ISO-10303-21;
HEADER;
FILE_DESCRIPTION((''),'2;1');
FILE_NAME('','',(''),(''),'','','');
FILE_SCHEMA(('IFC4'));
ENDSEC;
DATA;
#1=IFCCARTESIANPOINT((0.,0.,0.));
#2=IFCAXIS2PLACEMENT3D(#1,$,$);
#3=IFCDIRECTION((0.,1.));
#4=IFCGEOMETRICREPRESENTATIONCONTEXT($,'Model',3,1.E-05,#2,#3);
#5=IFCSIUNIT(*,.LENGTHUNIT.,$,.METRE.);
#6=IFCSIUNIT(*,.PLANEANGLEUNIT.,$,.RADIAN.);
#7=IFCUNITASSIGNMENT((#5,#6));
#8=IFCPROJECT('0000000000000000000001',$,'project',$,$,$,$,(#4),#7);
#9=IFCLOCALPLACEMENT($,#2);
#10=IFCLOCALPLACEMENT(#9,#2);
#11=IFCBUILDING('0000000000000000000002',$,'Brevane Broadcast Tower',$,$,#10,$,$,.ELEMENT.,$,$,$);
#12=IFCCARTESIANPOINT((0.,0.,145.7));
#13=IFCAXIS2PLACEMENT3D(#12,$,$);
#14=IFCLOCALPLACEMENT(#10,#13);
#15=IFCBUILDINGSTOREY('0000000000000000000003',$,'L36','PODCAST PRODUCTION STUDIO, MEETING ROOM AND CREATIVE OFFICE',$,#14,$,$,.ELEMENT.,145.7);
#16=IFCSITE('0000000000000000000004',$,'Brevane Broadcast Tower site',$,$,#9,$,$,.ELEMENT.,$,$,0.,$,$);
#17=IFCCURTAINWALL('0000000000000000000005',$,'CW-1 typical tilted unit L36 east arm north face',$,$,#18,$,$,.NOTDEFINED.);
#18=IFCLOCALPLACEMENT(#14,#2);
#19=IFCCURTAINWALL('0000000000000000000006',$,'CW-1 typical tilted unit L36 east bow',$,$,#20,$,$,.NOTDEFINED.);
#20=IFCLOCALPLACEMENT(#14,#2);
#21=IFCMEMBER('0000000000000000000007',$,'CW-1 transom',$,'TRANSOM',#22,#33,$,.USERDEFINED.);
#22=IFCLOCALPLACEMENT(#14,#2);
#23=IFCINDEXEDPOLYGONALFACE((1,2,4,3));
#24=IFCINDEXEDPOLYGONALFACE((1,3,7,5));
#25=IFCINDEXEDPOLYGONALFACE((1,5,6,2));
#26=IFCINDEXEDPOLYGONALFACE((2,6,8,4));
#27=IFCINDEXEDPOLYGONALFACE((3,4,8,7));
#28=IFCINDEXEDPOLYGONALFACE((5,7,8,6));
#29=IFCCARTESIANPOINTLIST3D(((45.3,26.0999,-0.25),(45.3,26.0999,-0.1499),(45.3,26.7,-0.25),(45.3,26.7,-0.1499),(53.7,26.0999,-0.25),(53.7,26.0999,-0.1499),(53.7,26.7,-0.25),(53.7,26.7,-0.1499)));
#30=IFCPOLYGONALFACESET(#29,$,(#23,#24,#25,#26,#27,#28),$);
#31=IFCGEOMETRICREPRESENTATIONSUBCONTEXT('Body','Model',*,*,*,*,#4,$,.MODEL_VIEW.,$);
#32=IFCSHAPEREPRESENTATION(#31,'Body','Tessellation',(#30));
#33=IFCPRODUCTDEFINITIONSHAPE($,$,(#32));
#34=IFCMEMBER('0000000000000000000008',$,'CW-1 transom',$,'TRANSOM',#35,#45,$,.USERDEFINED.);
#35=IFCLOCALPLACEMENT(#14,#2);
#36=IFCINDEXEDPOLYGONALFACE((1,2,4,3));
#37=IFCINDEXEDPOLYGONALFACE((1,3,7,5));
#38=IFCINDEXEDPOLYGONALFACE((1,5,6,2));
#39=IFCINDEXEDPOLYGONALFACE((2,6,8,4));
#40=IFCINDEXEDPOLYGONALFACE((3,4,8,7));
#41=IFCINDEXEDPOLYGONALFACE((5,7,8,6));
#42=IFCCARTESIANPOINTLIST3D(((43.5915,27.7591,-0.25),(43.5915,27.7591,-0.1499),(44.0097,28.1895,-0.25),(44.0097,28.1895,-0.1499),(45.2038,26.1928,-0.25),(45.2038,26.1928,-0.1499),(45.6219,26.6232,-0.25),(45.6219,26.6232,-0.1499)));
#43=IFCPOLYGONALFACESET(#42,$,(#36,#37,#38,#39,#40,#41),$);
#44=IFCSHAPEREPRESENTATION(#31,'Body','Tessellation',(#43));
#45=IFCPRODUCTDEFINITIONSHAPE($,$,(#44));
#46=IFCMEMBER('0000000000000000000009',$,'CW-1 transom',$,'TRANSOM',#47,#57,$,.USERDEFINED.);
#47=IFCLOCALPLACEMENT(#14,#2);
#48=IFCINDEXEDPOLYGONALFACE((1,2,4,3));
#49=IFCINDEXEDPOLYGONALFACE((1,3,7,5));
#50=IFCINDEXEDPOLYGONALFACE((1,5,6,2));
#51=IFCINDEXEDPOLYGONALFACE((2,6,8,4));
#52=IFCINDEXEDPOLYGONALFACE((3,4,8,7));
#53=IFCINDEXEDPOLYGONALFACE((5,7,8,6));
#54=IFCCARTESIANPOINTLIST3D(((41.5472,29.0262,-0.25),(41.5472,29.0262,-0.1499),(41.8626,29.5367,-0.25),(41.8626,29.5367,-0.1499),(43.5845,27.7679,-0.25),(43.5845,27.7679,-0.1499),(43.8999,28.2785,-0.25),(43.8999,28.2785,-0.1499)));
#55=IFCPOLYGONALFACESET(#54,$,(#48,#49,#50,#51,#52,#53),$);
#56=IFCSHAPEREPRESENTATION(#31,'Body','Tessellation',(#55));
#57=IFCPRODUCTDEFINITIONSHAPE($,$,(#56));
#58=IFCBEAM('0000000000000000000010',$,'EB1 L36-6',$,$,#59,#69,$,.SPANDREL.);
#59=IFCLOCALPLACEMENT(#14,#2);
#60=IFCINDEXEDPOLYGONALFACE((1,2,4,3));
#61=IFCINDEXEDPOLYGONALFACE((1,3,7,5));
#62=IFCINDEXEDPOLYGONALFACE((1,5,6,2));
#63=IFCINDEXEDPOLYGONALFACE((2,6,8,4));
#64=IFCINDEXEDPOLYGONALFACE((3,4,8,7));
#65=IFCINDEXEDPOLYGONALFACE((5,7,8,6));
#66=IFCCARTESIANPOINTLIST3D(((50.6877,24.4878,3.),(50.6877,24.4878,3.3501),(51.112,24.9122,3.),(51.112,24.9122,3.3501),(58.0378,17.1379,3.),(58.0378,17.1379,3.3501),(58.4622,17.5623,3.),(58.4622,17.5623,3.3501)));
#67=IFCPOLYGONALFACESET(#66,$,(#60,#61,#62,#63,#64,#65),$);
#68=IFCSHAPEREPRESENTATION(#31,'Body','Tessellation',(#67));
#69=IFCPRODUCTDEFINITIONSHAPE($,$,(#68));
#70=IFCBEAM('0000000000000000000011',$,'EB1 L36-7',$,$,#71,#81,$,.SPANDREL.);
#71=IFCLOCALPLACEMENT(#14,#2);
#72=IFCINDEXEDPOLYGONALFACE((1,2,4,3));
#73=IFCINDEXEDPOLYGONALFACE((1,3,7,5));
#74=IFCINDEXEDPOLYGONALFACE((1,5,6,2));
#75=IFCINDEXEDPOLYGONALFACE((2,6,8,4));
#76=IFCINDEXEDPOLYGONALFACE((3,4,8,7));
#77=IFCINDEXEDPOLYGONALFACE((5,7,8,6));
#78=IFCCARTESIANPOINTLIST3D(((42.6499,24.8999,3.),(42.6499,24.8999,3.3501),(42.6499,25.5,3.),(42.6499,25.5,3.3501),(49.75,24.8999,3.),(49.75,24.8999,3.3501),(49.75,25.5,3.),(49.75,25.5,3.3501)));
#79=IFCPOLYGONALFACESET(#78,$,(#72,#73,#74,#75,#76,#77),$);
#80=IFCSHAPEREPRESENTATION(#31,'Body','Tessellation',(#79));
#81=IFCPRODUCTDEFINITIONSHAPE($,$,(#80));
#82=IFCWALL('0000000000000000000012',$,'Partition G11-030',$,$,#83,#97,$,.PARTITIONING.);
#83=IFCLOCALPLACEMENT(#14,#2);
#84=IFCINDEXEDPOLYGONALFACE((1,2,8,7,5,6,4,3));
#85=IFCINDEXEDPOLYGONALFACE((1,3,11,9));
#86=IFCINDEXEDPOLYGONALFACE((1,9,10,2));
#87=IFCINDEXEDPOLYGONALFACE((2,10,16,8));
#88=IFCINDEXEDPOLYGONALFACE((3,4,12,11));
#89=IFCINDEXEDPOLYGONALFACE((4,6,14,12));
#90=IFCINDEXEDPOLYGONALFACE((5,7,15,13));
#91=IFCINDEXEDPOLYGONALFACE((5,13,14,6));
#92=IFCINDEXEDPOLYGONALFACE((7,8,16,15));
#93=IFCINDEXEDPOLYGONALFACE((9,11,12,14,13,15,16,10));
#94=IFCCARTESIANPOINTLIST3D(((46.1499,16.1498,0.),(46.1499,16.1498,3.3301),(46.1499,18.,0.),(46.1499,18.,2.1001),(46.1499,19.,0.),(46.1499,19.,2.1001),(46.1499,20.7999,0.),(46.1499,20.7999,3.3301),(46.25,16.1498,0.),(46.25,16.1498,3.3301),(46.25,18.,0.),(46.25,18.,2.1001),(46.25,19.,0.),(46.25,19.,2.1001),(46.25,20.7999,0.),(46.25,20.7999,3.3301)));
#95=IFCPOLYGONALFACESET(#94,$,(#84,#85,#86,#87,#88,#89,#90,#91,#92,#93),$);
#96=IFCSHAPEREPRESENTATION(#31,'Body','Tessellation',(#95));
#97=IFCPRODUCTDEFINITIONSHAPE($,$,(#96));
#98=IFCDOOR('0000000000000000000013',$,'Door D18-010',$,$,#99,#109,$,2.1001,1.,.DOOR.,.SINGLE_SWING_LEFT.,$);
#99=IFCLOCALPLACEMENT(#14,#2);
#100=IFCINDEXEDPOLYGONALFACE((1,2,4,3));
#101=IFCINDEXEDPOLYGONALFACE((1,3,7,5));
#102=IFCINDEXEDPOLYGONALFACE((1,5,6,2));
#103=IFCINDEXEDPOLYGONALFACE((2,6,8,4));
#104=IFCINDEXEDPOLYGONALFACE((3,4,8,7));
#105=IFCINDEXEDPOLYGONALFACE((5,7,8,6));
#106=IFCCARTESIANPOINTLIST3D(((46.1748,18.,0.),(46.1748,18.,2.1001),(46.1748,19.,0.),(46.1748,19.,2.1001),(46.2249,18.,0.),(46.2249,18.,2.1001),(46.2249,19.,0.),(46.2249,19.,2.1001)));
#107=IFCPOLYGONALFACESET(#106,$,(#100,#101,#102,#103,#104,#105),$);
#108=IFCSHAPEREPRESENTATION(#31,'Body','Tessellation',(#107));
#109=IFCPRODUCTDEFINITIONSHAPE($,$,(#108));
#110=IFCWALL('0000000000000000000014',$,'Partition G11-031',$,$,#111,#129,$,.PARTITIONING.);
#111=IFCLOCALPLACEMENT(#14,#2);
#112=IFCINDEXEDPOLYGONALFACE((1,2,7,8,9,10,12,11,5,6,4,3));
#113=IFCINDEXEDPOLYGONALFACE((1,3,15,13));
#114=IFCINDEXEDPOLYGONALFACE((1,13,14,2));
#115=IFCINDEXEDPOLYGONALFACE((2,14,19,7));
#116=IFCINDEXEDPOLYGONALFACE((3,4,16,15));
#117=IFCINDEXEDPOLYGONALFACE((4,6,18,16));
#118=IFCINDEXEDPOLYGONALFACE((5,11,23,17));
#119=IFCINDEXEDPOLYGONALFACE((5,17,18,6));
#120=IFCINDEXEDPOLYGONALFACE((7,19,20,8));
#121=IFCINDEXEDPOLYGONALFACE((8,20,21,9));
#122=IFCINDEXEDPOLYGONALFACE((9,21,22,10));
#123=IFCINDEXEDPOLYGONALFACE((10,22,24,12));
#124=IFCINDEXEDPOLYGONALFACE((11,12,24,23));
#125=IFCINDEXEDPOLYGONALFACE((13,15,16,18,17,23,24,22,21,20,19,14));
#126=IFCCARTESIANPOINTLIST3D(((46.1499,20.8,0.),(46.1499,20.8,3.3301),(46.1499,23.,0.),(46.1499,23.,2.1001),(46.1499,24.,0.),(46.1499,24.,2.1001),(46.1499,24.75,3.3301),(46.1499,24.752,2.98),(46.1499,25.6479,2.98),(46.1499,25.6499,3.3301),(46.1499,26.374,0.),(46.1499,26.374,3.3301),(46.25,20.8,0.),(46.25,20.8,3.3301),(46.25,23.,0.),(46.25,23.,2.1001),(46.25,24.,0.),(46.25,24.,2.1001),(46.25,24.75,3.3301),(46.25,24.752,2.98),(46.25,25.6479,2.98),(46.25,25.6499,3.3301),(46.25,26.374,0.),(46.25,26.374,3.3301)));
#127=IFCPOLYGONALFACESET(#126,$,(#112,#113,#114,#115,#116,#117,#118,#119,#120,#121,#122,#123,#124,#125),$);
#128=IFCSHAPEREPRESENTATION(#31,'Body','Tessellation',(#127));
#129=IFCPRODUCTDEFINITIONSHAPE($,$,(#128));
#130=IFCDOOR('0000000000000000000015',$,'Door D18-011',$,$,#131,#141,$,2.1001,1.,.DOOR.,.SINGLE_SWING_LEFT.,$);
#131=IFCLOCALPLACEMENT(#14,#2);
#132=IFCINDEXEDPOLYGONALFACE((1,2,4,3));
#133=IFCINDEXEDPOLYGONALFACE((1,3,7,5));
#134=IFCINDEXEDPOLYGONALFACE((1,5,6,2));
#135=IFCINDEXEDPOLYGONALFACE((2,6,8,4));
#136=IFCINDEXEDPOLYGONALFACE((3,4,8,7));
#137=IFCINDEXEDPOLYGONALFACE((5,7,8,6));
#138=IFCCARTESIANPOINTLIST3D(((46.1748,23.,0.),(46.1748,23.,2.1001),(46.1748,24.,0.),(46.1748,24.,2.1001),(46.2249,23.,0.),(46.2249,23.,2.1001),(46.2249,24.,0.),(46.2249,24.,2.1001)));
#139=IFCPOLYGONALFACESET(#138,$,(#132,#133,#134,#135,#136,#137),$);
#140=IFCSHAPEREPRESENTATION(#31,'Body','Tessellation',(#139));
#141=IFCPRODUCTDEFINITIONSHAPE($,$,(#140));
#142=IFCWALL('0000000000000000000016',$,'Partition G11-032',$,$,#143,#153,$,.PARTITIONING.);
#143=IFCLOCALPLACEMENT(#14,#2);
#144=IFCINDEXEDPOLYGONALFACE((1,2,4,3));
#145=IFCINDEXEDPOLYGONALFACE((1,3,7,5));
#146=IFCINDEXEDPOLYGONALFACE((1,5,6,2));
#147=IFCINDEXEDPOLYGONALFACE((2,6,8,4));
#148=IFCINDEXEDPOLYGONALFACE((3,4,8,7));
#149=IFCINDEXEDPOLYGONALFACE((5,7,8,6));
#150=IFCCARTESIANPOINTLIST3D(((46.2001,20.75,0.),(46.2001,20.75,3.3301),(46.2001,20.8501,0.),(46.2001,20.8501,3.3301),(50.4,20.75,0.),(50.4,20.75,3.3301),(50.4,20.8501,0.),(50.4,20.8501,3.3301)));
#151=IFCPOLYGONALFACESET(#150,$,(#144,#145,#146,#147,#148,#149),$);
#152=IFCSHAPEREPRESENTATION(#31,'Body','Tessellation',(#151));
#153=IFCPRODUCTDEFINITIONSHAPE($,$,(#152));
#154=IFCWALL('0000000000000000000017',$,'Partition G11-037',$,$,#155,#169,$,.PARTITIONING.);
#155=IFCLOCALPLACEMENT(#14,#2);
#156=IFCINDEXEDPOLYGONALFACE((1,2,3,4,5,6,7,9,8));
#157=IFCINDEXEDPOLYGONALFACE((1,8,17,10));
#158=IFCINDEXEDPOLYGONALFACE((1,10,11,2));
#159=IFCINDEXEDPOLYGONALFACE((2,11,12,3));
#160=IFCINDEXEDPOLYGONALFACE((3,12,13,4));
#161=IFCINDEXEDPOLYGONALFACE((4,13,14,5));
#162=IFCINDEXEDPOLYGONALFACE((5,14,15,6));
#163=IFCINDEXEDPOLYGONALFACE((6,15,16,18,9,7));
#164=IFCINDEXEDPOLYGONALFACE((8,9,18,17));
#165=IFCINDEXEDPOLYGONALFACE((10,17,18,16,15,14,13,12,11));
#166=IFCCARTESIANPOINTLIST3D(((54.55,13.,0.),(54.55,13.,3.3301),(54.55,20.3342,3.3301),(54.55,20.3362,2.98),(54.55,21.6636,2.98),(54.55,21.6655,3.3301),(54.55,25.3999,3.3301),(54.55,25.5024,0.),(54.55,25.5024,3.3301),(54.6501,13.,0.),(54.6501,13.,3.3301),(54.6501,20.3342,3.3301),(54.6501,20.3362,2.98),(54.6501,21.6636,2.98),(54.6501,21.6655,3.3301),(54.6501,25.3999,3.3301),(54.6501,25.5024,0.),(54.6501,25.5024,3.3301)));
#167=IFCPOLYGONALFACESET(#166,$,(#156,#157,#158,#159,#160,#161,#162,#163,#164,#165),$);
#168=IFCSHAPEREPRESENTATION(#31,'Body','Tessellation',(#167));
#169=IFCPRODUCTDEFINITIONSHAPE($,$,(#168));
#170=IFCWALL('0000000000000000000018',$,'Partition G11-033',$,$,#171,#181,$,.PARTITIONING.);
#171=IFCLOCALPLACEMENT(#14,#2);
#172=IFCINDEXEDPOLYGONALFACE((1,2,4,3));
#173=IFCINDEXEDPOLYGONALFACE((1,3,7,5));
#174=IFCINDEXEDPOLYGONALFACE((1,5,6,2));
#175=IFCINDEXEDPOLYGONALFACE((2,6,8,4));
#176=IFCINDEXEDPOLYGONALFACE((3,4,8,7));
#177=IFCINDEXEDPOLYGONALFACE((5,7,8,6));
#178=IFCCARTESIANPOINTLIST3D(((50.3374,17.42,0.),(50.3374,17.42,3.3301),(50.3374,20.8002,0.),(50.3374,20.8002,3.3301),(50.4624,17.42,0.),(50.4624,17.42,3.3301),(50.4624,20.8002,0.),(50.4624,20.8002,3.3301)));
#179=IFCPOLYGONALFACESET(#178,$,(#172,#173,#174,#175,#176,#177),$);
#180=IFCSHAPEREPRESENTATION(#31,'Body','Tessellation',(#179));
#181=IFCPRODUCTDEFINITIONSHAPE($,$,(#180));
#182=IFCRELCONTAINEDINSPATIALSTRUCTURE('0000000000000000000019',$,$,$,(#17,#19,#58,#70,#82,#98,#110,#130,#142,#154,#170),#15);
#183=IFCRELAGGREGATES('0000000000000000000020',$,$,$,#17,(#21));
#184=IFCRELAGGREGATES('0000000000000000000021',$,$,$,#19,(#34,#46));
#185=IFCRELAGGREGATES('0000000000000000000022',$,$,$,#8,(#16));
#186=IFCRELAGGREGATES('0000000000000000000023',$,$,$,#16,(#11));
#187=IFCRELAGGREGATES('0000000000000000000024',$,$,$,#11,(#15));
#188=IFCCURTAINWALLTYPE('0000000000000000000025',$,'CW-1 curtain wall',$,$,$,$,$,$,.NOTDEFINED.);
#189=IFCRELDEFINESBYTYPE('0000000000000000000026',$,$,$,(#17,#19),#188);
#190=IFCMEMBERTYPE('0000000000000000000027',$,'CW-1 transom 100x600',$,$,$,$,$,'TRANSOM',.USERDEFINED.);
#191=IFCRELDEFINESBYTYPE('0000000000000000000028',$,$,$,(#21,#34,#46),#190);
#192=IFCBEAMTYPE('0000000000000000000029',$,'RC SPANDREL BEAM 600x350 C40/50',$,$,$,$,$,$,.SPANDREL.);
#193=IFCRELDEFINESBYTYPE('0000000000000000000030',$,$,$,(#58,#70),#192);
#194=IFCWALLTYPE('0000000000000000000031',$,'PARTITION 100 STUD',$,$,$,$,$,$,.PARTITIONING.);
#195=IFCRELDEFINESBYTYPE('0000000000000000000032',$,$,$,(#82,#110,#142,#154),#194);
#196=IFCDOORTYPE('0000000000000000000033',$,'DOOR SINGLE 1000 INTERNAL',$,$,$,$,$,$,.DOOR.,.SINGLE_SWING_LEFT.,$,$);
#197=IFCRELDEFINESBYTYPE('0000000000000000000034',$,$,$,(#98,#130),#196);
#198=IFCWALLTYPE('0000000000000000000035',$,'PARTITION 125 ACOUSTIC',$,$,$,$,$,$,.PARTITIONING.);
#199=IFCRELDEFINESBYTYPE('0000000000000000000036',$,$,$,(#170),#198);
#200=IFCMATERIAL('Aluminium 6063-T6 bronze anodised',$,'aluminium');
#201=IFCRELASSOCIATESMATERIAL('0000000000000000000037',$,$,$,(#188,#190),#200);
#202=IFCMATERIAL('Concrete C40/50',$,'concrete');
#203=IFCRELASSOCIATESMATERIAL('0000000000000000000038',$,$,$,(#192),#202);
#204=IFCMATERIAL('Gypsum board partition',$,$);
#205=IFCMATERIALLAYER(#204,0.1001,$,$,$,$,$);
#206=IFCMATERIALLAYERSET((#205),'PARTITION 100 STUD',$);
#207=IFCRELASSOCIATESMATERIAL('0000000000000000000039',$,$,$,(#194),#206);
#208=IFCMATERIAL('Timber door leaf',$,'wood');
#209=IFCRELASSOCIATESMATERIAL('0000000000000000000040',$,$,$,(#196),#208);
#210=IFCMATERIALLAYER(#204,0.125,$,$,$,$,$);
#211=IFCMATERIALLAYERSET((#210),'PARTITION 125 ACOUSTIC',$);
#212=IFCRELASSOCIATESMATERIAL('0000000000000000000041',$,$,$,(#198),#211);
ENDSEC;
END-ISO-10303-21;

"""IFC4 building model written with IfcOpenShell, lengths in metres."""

from ifc_helpers import new_model, si_unit, direction, frame, frame_2d, origin, origin_2d, place, context, subcontext, project, spatial, polyline, rectangle, outline, extrude, material, layer, layer_set, material_profile, profile_set, type_object, element, fill, aggregate, save


model = new_model("IFC4")

# Units and contexts
model_context = context("Model", 3, precision=1e-05, world=origin(), true_north=direction((0.0, 1.0)))
body_context = subcontext(model_context, "Body", "Model", "MODEL_VIEW")
ifc_project = project(units=[si_unit("LENGTHUNIT", "METRE"), si_unit("PLANEANGLEUNIT", "RADIAN")], contexts=[model_context])

# Site, building, storey
site_placement = place(None, origin())
site = spatial("IfcSite", under=ifc_project, at=site_placement, Name="Brevane Broadcast Tower site", CompositionType="ELEMENT", RefElevation=0.0)
building_placement = place(site_placement, origin())
building = spatial("IfcBuilding", under=site, at=building_placement, Name="Brevane Broadcast Tower", CompositionType="ELEMENT")
storey_placement = place(building_placement, frame((0.0, 0.0, 145.7)))
storey = spatial("IfcBuildingStorey", under=building, at=storey_placement, Name="L36", Description="PODCAST PRODUCTION STUDIO, MEETING ROOM AND CREATIVE OFFICE", CompositionType="ELEMENT", Elevation=145.7)

# Curtain walls
ifc_material_1 = material(Name="Aluminium 6063-T6 bronze anodised", Category="aluminium")
curtain_wall_type = type_object("IfcCurtainWallType", Name="CW-1 curtain wall", PredefinedType="NOTDEFINED", material=ifc_material_1)
curtain_wall_1_placement = place(storey_placement, origin())
curtain_wall_1 = element("IfcCurtainWall", 1, at=curtain_wall_1_placement, inside=storey, type_object=curtain_wall_type, Name="CW-1 typical tilted unit L36 east arm north face", PredefinedType="NOTDEFINED")
curtain_wall_2_placement = place(storey_placement, origin())
curtain_wall_2 = element("IfcCurtainWall", 2, at=curtain_wall_2_placement, inside=storey, type_object=curtain_wall_type, Name="CW-1 typical tilted unit L36 east bow", PredefinedType="NOTDEFINED")

# Members
ifc_material_profile_1 = material_profile(ifc_material_1, rectangle(XDim=0.6001, YDim=0.1001, at=origin_2d()), Name="RECT 100x600")
ifc_profile_set_1 = profile_set([ifc_material_profile_1], Name="Aluminium 6063-T6 bronze anodised")
member_type_1 = type_object("IfcMemberType", Name="CW-1 transom 100x600", ElementType="TRANSOM", PredefinedType="USERDEFINED", material=ifc_profile_set_1)
member_1_placement = place(storey_placement, frame((53.7, 26.3999, -0.2), z_axis=(-1.0, 0.0, 0.0), x_axis=(0.0, -1.0, 0.0)))
member_1 = element("IfcMember", 3, at=member_1_placement, type_object=member_type_1, Name="CW-1 transom", ObjectType="TRANSOM", PredefinedType="USERDEFINED", context=body_context, shape_type="SweptSolid", body=[
    extrude(rectangle(XDim=0.6001, YDim=0.1001, at=origin_2d()), origin(), (0.0, 0.0, 1.0), 8.3999),
])
aggregate(curtain_wall_1, [member_1])
member_2_placement = place(storey_placement, frame((45.4128, 26.408, -0.2), z_axis=(-0.717242, 0.696824, 0.0), x_axis=(-0.696824, -0.717242, 0.0)))
member_2 = element("IfcMember", 4, at=member_2_placement, type_object=member_type_1, Name="CW-1 transom", ObjectType="TRANSOM", PredefinedType="USERDEFINED", context=body_context, shape_type="SweptSolid", body=[
    extrude(rectangle(XDim=0.6001, YDim=0.1001, at=origin_2d()), origin(), (0.0, 0.0, 1.0), 2.2478),
])
member_3_placement = place(storey_placement, frame((43.7422, 28.0232, -0.2), z_axis=(-0.85081, 0.525473, 0.0), x_axis=(-0.525473, -0.85081, 0.0)))
member_3 = element("IfcMember", 5, at=member_3_placement, type_object=member_type_1, Name="CW-1 transom", ObjectType="TRANSOM", PredefinedType="USERDEFINED", context=body_context, shape_type="SweptSolid", body=[
    extrude(rectangle(XDim=0.6001, YDim=0.1001, at=origin_2d()), origin(), (0.0, 0.0, 1.0), 2.3945),
])
aggregate(curtain_wall_2, [member_2, member_3])

# Beams
ifc_material_2 = material(Name="Concrete C40/50", Category="concrete")
ifc_material_profile_2 = material_profile(ifc_material_2, rectangle(XDim=0.6001, YDim=0.3501, at=origin_2d()), Name="RC 600x350")
ifc_profile_set_2 = profile_set([ifc_material_profile_2], Name="Concrete C40/50")
beam_type = type_object("IfcBeamType", Name="RC SPANDREL BEAM 600x350 C40/50", PredefinedType="SPANDREL", material=ifc_profile_set_2)
beam_1_placement = place(storey_placement, frame((58.25, 17.3501, 3.175), z_axis=(-0.707119, 0.707095, 0.0), x_axis=(-0.707095, -0.707119, 0.0)))
element("IfcBeam", 6, at=beam_1_placement, inside=storey, type_object=beam_type, Name="EB1 L36-6", PredefinedType="SPANDREL", context=body_context, shape_type="SweptSolid", body=[
    extrude(rectangle(XDim=0.6001, YDim=0.3501, at=origin_2d()), origin(), (0.0, 0.0, 1.0), 10.3945),
])
beam_2_placement = place(storey_placement, frame((49.75, 25.2, 3.175), z_axis=(-1.0, 0.0, 0.0), x_axis=(0.0, -1.0, 0.0)))
element("IfcBeam", 7, at=beam_2_placement, inside=storey, type_object=beam_type, Name="EB1 L36-7", PredefinedType="SPANDREL", context=body_context, shape_type="SweptSolid", body=[
    extrude(rectangle(XDim=0.6001, YDim=0.3501, at=origin_2d()), origin(), (0.0, 0.0, 1.0), 7.1001),
])

# Walls, openings, doors
ifc_material_3 = material(Name="Gypsum board partition")
ifc_layer_1 = layer(ifc_material_3, 0.1001)
ifc_layer_set_1 = layer_set([ifc_layer_1], Name="PARTITION 100 STUD")
wall_type_1 = type_object("IfcWallType", Name="PARTITION 100 STUD", PredefinedType="PARTITIONING", material=ifc_layer_set_1)
wall_1_placement = place(storey_placement, frame((46.2, 20.8, 0.0), z_axis=(0.0, 0.0, 1.0), x_axis=(0.0, -1.0, 0.0)))
wall_1 = element("IfcWall", 8, at=wall_1_placement, inside=storey, type_object=wall_type_1, Name="Partition G11-030", PredefinedType="PARTITIONING", context=body_context, shape_type="SweptSolid", body=[
    extrude(rectangle(XDim=4.6501, YDim=0.1001, at=frame_2d((2.3252, 0.0))), origin(), (0.0, 0.0, 1.0), 3.3301),
])
opening_1_placement = place(wall_1_placement, frame((1.8, 0.0, 0.0)))
opening_1 = element("IfcOpeningElement", 9, at=opening_1_placement, cuts=wall_1, PredefinedType="OPENING", context=body_context, shape_type="SweptSolid", body=[
    extrude(rectangle(XDim=1.0, YDim=2.1001, at=frame_2d((0.5, 1.05))), frame((0.0, 0.0601, 0.0), z_axis=(0.0, -1.0, 0.0), x_axis=(1.0, 0.0, 0.0)), (0.0, 0.0, 1.0), 0.1201),
])
ifc_material_4 = material(Name="Timber door leaf", Category="wood")
door_type = type_object("IfcDoorType", Name="DOOR SINGLE 1000 INTERNAL", OperationType="SINGLE_SWING_LEFT", PredefinedType="DOOR", material=ifc_material_4)
door_1_placement = place(opening_1_placement, origin())
door_1 = element("IfcDoor", 10, at=door_1_placement, inside=storey, type_object=door_type, Name="Door D18-010", OperationType="SINGLE_SWING_LEFT", OverallHeight=2.1001, OverallWidth=1.0, PredefinedType="DOOR", context=body_context, shape_type="SweptSolid", body=[
    extrude(rectangle(XDim=1.0, YDim=2.1001, at=frame_2d((0.5, 1.05))), frame((0.0, 0.0249, 0.0), z_axis=(0.0, -1.0, 0.0), x_axis=(1.0, 0.0, 0.0)), (0.0, 0.0, 1.0), 0.05),
])
fill(opening_1, door_1)
wall_2_placement = place(storey_placement, frame((46.2, 26.374, 0.0), z_axis=(0.0, 0.0, 1.0), x_axis=(0.0, -1.0, 0.0)))
wall_2 = element("IfcWall", 11, at=wall_2_placement, inside=storey, type_object=wall_type_1, Name="Partition G11-031", PredefinedType="PARTITIONING", context=body_context, shape_type="SweptSolid", body=[
    extrude(outline(polyline([(0.0, 0.0), (5.574, 0.0), (5.574, 3.3301), (1.624, 3.3301), (1.6221, 2.98), (0.7261, 2.98), (0.7241, 3.3301), (0.074, 3.3301), (0.0, 3.3301), (0.0, 0.0)])), frame((0.0, 0.05, 0.0), z_axis=(0.0, -1.0, 0.0), x_axis=(1.0, 0.0, 0.0)), (0.0, 0.0, 1.0), 0.1001),
])
opening_2_placement = place(wall_2_placement, frame((2.374, 0.0, 0.0)))
opening_2 = element("IfcOpeningElement", 12, at=opening_2_placement, cuts=wall_2, PredefinedType="OPENING", context=body_context, shape_type="SweptSolid", body=[
    extrude(rectangle(XDim=1.0, YDim=2.1001, at=frame_2d((0.5, 1.05))), frame((0.0, 0.0601, 0.0), z_axis=(0.0, -1.0, 0.0), x_axis=(1.0, 0.0, 0.0)), (0.0, 0.0, 1.0), 0.1201),
])
door_2_placement = place(opening_2_placement, origin())
door_2 = element("IfcDoor", 13, at=door_2_placement, inside=storey, type_object=door_type, Name="Door D18-011", OperationType="SINGLE_SWING_LEFT", OverallHeight=2.1001, OverallWidth=1.0, PredefinedType="DOOR", context=body_context, shape_type="SweptSolid", body=[
    extrude(rectangle(XDim=1.0, YDim=2.1001, at=frame_2d((0.5, 1.05))), frame((0.0, 0.0249, 0.0), z_axis=(0.0, -1.0, 0.0), x_axis=(1.0, 0.0, 0.0)), (0.0, 0.0, 1.0), 0.05),
])
fill(opening_2, door_2)

# Walls
wall_3_placement = place(storey_placement, frame((46.2, 20.8, 0.0), z_axis=(0.0, 0.0, 1.0), x_axis=(1.0, 0.0, 0.0)))
element("IfcWall", 14, at=wall_3_placement, inside=storey, type_object=wall_type_1, Name="Partition G11-032", PredefinedType="PARTITIONING", context=body_context, shape_type="SweptSolid", body=[
    extrude(rectangle(XDim=4.2, YDim=0.1001, at=frame_2d((2.1001, 0.0))), origin(), (0.0, 0.0, 1.0), 3.3301),
])
wall_4_placement = place(storey_placement, frame((54.6001, 25.5024, 0.0), z_axis=(0.0, 0.0, 1.0), x_axis=(0.0, -1.0, 0.0)))
element("IfcWall", 15, at=wall_4_placement, inside=storey, type_object=wall_type_1, Name="Partition G11-037", PredefinedType="PARTITIONING", context=body_context, shape_type="SweptSolid", body=[
    extrude(outline(polyline([(0.0, 0.0), (12.5024, 0.0), (12.5024, 3.3301), (5.1682, 3.3301), (5.1663, 2.98), (3.8389, 2.98), (3.8369, 3.3301), (0.1025, 3.3301), (0.0, 3.3301), (0.0, 0.0)])), frame((0.0, 0.05, 0.0), z_axis=(0.0, -1.0, 0.0), x_axis=(1.0, 0.0, 0.0)), (0.0, 0.0, 1.0), 0.1001),
])
ifc_layer_2 = layer(ifc_material_3, 0.125)
ifc_layer_set_2 = layer_set([ifc_layer_2], Name="PARTITION 125 ACOUSTIC")
wall_type_2 = type_object("IfcWallType", Name="PARTITION 125 ACOUSTIC", PredefinedType="PARTITIONING", material=ifc_layer_set_2)
wall_5_placement = place(storey_placement, frame((50.3999, 20.8, 0.0), z_axis=(0.0, 0.0, 1.0), x_axis=(0.0, -1.0, 0.0)))
element("IfcWall", 16, at=wall_5_placement, inside=storey, type_object=wall_type_2, Name="Partition G11-033", PredefinedType="PARTITIONING", context=body_context, shape_type="SweptSolid", body=[
    extrude(rectangle(XDim=3.3801, YDim=0.125, at=frame_2d((1.6899, 0.0))), origin(), (0.0, 0.0, 1.0), 3.3301),
])

save(model, "model.ifc")
